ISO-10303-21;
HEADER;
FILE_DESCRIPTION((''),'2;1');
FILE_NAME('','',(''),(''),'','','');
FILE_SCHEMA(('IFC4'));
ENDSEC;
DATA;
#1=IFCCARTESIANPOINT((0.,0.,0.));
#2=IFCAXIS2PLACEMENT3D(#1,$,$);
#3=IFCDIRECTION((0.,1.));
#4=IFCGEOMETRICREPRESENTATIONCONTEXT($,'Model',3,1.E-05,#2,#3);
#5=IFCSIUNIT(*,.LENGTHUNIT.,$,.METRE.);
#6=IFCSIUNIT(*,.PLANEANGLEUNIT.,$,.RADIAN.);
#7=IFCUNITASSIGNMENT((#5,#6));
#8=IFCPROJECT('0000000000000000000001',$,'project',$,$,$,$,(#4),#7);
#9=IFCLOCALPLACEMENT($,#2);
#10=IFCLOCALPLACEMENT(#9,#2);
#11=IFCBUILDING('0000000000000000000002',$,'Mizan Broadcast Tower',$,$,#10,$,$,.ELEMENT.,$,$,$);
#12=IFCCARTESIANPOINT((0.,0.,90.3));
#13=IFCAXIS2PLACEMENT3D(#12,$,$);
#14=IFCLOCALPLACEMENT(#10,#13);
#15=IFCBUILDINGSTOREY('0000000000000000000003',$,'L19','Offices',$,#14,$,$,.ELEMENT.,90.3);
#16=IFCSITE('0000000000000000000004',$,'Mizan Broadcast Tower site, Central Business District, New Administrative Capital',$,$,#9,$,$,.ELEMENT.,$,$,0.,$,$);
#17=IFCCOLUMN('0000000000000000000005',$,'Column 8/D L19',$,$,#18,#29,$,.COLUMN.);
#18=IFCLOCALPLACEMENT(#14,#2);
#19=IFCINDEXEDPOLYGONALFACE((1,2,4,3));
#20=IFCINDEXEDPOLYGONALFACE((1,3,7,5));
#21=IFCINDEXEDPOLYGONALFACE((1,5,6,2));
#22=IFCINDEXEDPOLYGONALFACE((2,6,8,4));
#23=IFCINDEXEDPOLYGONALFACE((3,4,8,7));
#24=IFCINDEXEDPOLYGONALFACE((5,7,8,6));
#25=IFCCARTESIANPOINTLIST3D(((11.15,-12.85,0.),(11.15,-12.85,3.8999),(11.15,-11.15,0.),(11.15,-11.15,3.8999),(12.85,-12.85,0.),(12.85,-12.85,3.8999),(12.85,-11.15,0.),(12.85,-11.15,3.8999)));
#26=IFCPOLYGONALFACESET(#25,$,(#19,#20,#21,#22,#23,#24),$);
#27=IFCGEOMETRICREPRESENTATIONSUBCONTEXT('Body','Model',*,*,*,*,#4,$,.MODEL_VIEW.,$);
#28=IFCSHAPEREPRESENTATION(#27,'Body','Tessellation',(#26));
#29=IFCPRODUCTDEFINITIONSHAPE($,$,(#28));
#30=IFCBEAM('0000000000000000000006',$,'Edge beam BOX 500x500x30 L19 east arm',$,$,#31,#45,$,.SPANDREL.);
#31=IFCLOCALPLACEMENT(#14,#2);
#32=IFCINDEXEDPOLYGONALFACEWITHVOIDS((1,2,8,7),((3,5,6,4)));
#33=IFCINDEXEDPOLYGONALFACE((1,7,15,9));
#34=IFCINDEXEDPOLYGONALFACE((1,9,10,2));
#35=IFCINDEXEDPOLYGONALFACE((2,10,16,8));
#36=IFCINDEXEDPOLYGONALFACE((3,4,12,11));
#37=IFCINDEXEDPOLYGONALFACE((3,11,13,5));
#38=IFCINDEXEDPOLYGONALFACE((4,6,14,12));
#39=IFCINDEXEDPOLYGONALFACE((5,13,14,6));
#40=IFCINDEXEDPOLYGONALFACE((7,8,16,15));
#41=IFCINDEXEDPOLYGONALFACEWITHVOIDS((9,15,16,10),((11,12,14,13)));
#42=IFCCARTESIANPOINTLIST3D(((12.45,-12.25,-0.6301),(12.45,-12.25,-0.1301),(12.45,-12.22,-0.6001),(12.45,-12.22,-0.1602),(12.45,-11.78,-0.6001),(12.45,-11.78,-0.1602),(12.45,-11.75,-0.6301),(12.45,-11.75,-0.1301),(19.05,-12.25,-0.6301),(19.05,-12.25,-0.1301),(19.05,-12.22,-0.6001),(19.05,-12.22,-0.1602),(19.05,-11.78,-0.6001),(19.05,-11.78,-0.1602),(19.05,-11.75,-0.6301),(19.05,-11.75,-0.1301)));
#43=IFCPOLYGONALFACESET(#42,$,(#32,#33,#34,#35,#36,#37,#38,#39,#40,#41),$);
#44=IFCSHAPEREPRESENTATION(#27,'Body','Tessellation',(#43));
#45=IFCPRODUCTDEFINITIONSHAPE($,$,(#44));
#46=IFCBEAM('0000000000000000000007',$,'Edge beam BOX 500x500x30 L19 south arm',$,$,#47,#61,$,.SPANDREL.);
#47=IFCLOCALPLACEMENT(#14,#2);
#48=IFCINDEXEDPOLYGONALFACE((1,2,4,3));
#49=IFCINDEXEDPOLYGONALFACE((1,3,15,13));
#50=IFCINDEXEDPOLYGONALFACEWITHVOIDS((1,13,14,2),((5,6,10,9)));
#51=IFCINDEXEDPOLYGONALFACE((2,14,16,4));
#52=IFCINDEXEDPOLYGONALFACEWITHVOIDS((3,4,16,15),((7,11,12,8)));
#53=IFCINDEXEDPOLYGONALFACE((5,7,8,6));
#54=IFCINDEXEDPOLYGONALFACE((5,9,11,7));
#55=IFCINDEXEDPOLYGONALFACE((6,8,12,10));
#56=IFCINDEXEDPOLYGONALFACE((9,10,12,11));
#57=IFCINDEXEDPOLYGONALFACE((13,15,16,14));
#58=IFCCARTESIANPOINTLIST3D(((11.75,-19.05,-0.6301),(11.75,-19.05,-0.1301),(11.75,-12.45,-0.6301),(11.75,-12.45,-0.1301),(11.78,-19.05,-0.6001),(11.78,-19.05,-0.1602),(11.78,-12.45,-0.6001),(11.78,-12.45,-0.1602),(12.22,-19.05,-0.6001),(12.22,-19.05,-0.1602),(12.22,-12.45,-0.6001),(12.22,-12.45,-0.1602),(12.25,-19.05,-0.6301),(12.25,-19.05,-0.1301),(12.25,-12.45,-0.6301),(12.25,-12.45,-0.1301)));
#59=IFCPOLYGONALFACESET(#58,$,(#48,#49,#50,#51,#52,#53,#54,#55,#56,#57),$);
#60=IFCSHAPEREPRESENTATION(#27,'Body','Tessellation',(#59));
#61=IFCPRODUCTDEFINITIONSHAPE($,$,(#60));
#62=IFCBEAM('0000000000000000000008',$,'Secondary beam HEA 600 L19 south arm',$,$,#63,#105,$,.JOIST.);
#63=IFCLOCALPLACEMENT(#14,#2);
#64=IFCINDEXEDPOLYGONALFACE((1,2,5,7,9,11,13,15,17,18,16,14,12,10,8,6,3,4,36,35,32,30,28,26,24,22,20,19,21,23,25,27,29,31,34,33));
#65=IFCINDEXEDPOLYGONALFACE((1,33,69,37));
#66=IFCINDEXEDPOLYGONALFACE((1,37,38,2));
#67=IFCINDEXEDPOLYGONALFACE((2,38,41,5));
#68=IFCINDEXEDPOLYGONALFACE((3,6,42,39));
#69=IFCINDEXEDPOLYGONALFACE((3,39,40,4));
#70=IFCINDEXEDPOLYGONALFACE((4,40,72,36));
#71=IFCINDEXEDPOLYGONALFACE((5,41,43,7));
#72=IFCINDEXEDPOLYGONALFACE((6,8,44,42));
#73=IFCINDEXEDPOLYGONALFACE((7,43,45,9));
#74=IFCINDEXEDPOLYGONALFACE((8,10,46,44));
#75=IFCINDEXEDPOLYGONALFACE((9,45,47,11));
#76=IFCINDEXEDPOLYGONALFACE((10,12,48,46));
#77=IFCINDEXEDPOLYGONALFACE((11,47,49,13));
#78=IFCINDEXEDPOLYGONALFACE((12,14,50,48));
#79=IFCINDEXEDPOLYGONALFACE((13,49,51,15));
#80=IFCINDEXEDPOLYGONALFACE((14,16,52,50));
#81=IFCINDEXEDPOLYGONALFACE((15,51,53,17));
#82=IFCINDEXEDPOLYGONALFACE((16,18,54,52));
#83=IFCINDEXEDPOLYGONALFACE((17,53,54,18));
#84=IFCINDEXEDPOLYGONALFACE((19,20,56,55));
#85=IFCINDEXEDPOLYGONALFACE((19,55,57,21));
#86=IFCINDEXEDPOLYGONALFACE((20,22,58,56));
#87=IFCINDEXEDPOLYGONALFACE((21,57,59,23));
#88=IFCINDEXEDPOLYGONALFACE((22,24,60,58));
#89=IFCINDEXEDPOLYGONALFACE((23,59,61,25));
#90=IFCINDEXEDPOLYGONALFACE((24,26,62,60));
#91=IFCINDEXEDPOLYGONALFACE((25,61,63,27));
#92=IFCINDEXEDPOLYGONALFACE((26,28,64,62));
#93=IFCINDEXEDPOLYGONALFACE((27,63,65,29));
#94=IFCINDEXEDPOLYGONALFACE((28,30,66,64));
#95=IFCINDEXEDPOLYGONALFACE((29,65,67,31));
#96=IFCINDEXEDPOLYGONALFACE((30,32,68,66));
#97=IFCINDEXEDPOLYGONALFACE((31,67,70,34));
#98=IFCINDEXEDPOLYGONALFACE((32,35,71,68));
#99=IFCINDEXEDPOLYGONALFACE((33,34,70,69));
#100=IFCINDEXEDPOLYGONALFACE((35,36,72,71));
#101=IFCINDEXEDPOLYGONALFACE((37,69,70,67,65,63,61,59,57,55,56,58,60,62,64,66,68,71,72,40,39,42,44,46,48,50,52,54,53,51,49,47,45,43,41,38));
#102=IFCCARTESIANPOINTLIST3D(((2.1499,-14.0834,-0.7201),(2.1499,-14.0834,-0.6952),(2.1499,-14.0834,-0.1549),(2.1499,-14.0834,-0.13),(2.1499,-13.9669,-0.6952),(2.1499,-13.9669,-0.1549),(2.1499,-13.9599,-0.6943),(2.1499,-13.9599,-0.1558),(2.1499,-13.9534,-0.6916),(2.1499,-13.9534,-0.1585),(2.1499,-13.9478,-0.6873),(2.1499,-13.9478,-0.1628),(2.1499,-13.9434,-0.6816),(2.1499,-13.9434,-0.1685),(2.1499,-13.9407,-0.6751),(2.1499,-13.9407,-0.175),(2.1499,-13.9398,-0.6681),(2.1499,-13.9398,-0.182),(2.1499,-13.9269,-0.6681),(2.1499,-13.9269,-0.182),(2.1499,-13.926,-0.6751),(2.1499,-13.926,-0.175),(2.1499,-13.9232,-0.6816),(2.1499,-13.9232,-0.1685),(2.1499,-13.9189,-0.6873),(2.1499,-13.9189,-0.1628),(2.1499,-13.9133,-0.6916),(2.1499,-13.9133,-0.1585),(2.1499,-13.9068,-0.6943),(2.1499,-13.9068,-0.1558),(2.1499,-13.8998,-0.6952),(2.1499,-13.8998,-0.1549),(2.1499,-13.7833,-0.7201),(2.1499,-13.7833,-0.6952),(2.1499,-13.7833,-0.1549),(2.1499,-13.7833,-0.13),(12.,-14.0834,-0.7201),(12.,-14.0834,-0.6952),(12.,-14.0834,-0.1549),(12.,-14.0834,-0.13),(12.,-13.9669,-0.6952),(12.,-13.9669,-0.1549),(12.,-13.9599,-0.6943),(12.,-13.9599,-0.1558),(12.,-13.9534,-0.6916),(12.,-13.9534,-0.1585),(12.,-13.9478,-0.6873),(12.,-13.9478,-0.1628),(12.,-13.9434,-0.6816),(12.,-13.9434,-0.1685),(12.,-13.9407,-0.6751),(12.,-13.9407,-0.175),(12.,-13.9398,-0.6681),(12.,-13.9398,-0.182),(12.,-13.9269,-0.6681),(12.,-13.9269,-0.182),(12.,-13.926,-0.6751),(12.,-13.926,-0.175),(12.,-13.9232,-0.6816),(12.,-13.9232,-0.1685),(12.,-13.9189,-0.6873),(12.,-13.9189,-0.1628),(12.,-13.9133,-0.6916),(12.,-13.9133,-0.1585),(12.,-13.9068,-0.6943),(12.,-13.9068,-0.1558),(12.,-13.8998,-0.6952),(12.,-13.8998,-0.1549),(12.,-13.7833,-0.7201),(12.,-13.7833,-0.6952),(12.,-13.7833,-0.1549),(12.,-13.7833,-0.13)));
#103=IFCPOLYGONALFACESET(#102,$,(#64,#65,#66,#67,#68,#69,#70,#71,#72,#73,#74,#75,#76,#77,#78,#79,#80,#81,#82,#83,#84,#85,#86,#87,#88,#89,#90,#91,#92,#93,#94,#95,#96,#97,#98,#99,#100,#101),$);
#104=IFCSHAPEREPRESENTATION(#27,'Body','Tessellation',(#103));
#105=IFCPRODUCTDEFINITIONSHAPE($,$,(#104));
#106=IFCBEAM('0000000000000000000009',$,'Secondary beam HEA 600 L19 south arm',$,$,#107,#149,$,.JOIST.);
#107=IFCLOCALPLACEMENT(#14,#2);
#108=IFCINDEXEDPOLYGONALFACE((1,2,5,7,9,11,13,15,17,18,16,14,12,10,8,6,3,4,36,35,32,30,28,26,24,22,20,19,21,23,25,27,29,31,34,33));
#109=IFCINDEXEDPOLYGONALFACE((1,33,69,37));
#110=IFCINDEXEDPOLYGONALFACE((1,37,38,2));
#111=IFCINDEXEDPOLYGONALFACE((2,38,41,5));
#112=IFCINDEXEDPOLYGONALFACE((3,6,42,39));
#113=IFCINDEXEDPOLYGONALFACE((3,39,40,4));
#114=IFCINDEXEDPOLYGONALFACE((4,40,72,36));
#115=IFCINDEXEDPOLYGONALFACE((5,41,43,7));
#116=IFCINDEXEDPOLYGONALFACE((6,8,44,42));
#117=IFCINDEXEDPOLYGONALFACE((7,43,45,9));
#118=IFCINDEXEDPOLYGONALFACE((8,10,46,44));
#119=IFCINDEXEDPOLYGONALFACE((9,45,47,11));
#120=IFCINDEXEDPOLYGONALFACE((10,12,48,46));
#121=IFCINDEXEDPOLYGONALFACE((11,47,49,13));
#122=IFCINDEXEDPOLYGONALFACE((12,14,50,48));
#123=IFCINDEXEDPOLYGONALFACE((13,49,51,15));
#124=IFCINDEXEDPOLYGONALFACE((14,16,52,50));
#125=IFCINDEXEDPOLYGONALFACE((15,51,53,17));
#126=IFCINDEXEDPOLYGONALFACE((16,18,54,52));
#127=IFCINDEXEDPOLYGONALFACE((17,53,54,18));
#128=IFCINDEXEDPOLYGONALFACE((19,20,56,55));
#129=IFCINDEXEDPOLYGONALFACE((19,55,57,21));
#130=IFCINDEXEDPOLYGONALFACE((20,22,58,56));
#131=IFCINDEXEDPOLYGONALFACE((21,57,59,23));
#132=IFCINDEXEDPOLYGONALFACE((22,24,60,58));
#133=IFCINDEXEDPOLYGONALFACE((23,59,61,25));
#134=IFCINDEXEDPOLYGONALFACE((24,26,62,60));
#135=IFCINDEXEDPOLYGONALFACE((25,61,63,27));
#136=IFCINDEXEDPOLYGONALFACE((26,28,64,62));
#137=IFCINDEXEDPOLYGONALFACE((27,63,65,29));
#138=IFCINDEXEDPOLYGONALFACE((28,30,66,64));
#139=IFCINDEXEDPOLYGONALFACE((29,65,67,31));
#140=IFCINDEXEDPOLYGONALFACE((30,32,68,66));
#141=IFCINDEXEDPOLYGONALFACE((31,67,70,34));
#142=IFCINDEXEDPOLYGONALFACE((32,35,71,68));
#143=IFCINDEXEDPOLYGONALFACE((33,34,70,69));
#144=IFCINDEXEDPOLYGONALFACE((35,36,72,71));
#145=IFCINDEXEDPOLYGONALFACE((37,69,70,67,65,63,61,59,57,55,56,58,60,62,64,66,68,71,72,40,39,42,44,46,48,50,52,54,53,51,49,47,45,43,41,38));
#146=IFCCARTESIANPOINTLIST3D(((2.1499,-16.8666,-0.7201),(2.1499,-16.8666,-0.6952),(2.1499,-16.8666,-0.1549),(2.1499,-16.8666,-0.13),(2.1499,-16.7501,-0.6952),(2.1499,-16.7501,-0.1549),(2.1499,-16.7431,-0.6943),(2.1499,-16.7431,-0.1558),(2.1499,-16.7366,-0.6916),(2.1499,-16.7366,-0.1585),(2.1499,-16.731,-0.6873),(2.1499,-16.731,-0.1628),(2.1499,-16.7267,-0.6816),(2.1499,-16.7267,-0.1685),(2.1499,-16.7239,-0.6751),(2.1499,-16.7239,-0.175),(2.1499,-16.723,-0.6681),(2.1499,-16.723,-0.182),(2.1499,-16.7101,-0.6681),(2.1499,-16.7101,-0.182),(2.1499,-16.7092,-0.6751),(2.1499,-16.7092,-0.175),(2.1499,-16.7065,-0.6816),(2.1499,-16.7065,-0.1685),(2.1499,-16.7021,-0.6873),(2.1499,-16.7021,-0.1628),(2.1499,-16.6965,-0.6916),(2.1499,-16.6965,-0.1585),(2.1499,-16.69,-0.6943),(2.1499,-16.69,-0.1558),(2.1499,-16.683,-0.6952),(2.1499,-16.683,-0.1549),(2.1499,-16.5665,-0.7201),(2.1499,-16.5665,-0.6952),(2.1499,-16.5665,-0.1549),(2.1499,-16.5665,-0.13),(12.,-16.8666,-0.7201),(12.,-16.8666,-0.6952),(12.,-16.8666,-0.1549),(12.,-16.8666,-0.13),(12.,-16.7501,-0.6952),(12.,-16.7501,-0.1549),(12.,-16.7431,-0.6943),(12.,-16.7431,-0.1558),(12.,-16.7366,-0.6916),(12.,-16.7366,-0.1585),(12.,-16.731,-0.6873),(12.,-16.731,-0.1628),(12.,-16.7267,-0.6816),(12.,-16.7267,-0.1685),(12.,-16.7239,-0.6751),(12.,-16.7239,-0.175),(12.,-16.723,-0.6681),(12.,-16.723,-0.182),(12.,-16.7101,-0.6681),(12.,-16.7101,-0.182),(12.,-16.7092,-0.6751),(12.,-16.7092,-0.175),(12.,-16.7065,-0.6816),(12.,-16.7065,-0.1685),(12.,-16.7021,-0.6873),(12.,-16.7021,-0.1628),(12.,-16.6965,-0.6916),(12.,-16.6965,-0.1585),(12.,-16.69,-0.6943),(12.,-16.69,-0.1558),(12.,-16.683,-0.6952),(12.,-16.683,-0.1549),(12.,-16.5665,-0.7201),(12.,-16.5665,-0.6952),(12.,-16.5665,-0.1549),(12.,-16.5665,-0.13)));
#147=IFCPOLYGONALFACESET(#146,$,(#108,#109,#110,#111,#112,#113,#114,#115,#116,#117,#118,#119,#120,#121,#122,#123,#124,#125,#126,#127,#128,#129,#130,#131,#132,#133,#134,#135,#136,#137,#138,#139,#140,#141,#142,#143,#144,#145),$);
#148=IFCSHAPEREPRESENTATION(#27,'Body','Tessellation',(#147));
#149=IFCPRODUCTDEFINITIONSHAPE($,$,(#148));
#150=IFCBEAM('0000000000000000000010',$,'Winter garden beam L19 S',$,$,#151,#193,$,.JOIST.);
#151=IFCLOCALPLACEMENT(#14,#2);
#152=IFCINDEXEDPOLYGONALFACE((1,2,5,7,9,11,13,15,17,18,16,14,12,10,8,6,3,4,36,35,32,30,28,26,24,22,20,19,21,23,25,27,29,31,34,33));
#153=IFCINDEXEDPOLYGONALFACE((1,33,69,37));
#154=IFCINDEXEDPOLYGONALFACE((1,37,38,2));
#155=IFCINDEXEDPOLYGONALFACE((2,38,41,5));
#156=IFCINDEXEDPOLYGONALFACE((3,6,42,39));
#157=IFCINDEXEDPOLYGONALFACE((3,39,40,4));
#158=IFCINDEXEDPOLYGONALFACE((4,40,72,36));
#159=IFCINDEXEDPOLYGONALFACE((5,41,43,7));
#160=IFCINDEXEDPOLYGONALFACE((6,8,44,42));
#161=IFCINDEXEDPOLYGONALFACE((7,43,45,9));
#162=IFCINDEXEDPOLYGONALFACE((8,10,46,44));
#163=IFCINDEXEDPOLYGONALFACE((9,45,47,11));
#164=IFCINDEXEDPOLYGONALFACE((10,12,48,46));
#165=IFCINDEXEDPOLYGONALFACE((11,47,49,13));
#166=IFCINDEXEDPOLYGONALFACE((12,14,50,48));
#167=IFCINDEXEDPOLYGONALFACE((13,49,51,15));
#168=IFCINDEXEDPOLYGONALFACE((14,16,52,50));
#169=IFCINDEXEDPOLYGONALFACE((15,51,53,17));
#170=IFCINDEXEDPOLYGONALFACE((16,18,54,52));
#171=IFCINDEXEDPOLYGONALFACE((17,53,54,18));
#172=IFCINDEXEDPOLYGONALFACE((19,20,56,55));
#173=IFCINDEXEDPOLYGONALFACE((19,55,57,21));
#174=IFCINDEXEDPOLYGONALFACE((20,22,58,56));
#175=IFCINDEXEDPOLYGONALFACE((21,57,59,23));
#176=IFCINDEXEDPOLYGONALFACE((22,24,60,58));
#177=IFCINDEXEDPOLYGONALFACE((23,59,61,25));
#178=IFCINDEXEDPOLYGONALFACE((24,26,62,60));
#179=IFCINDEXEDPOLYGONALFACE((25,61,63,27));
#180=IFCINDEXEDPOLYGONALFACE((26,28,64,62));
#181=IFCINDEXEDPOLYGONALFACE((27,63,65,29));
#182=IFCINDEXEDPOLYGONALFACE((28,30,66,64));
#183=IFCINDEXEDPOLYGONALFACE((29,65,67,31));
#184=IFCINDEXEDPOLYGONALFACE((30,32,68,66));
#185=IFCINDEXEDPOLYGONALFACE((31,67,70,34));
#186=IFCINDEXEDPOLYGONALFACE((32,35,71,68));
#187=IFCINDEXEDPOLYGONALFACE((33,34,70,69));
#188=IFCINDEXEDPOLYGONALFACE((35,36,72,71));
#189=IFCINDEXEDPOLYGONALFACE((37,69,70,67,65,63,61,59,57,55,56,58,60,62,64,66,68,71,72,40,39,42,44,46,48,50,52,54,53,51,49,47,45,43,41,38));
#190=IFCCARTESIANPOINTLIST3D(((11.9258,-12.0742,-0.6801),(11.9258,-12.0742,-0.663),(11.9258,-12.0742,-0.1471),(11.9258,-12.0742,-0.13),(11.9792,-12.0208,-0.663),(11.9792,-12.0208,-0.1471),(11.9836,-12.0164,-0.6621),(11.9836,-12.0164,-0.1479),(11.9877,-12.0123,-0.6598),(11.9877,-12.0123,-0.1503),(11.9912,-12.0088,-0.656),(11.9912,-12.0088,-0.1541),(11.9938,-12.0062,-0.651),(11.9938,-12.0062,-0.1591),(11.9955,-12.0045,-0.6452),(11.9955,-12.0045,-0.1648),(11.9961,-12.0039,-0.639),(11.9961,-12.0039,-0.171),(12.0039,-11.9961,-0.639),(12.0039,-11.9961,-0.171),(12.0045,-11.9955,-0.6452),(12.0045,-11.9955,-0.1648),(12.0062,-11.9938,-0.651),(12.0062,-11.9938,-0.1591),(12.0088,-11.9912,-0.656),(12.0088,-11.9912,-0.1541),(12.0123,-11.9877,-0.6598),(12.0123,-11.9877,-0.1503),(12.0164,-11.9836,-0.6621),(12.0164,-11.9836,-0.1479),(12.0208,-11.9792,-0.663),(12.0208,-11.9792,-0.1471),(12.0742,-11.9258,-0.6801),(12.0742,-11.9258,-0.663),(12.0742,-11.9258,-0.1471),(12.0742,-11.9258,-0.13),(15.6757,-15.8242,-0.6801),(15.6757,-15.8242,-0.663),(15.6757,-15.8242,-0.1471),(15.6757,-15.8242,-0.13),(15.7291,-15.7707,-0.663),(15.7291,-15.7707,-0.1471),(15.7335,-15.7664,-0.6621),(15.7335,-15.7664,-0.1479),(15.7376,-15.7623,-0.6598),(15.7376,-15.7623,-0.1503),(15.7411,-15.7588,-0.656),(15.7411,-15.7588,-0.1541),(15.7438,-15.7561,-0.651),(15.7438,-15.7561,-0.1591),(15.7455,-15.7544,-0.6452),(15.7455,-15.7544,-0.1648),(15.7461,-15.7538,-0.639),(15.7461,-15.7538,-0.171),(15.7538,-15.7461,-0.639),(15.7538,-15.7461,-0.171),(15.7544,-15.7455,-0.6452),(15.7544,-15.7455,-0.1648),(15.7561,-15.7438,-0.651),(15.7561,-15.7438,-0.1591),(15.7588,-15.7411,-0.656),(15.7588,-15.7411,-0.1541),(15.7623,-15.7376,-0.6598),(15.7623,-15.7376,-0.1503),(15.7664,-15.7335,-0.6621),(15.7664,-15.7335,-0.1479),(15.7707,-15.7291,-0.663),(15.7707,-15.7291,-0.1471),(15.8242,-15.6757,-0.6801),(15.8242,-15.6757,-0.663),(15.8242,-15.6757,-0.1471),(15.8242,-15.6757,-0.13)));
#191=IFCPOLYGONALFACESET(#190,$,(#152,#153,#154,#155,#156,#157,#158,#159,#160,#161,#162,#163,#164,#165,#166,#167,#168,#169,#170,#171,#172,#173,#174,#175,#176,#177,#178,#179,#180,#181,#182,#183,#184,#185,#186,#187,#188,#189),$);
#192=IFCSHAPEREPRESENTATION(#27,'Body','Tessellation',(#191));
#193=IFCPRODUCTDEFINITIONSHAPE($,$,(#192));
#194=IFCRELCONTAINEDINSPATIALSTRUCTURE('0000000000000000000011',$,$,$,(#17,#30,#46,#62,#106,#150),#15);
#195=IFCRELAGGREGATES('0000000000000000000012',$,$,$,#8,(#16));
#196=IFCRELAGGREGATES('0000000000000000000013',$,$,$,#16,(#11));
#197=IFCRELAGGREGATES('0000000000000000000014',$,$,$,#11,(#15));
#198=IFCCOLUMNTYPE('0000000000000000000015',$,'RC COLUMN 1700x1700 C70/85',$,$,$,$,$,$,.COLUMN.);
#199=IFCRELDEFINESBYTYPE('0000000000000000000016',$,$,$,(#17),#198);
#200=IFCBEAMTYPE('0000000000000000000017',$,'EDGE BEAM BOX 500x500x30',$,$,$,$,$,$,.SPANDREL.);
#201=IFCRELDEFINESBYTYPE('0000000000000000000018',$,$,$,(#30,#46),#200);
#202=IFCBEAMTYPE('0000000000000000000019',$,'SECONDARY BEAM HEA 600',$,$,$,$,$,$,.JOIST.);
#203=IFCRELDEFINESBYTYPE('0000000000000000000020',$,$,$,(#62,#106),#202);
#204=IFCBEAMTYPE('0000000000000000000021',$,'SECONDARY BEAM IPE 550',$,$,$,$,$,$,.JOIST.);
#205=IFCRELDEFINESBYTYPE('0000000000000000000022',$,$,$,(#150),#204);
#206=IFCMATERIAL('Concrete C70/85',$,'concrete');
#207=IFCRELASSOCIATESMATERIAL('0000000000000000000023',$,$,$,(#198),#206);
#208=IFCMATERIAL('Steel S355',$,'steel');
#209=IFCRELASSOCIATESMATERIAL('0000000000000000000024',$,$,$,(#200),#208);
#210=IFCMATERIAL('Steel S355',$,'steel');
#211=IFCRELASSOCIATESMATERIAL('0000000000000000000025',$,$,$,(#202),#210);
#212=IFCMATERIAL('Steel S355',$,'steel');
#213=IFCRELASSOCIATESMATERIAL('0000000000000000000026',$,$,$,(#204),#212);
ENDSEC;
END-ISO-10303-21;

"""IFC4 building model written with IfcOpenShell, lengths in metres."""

from ifc_helpers import new_model, si_unit, direction, frame, origin, origin_2d, place, context, subcontext, project, spatial, rectangle, hollow_rectangle, i_section, extrude, material, material_profile, profile_set, type_object, element, save


model = new_model("IFC4")

# Units and contexts
model_context = context("Model", 3, precision=1e-05, world=origin(), true_north=direction((0.0, 1.0)))
body_context = subcontext(model_context, "Body", "Model", "MODEL_VIEW")
ifc_project = project(units=[si_unit("LENGTHUNIT", "METRE"), si_unit("PLANEANGLEUNIT", "RADIAN")], contexts=[model_context])

# Site, building, storey
site_placement = place(None, origin())
site = spatial("IfcSite", under=ifc_project, at=site_placement, Name="Mizan Broadcast Tower site, Central Business District, New Administrative Capital", CompositionType="ELEMENT", RefElevation=0.0)
building_placement = place(site_placement, origin())
building = spatial("IfcBuilding", under=site, at=building_placement, Name="Mizan Broadcast Tower", CompositionType="ELEMENT")
storey_placement = place(building_placement, frame((0.0, 0.0, 90.3)))
storey = spatial("IfcBuildingStorey", under=building, at=storey_placement, Name="L19", Description="Offices", CompositionType="ELEMENT", Elevation=90.3)

# Column
ifc_material_1 = material(Name="Concrete C70/85", Category="concrete")
ifc_material_profile_1 = material_profile(ifc_material_1, rectangle(XDim=1.7, YDim=1.7, at=origin_2d()), Name="RC 1700x1700")
ifc_profile_set_1 = profile_set([ifc_material_profile_1], Name="Concrete C70/85")
column_type = type_object("IfcColumnType", Name="RC COLUMN 1700x1700 C70/85", PredefinedType="COLUMN", material=ifc_profile_set_1)
column_placement = place(storey_placement, frame((12.0, -12.0, 0.0), z_axis=(0.0, 0.0, 1.0), x_axis=(1.0, 0.0, 0.0)))
element("IfcColumn", 1, at=column_placement, inside=storey, type_object=column_type, Name="Column 8/D L19", PredefinedType="COLUMN", context=body_context, shape_type="SweptSolid", body=[
    extrude(rectangle(XDim=1.7, YDim=1.7, at=origin_2d()), origin(), (0.0, 0.0, 1.0), 3.8999),
])

# Beams
ifc_material_2 = material(Name="Steel S355", Category="steel")
ifc_material_profile_2 = material_profile(ifc_material_2, hollow_rectangle(XDim=0.5, YDim=0.5, WallThickness=0.03, at=origin_2d()), Name="BOX 500x500x30")
ifc_profile_set_2 = profile_set([ifc_material_profile_2], Name="Steel S355")
beam_type_1 = type_object("IfcBeamType", Name="EDGE BEAM BOX 500x500x30", PredefinedType="SPANDREL", material=ifc_profile_set_2)
for number, where, z_axis, x_axis, name in (
    (2, (12.45, -12.0, -0.3801), (1.0, 0.0, 0.0), (0.0, 1.0, 0.0), "Edge beam BOX 500x500x30 L19 east arm"),
    (3, (12.0, -12.45, -0.3801), (0.0, -1.0, 0.0), (1.0, 0.0, 0.0), "Edge beam BOX 500x500x30 L19 south arm"),
):
    element("IfcBeam", number, at=place(storey_placement, frame(where, z_axis=z_axis, x_axis=x_axis)), inside=storey, type_object=beam_type_1, Name=name, PredefinedType="SPANDREL", context=body_context, shape_type="SweptSolid", body=[
        extrude(hollow_rectangle(XDim=0.5, YDim=0.5, WallThickness=0.03, at=origin_2d()), origin(), (0.0, 0.0, 1.0), 6.6001),
    ])
ifc_material_3 = material(Name="Steel S355", Category="steel")
ifc_material_profile_3 = material_profile(ifc_material_3, i_section(OverallWidth=0.3, OverallDepth=0.5901, WebThickness=0.0129, FlangeThickness=0.0249, FilletRadius=0.0271, at=origin_2d()), Name="HEA 600")
ifc_profile_set_3 = profile_set([ifc_material_profile_3], Name="Steel S355")
beam_type_2 = type_object("IfcBeamType", Name="SECONDARY BEAM HEA 600", PredefinedType="JOIST", material=ifc_profile_set_3)
for number, where, z_axis, x_axis, name in (
    (4, (12.0, -13.9333, -0.425), (-1.0, 0.0, 0.0), (0.0, -1.0, 0.0), "Secondary beam HEA 600 L19 south arm"),
    (5, (12.0, -16.7166, -0.425), (-1.0, 0.0, 0.0), (0.0, -1.0, 0.0), "Secondary beam HEA 600 L19 south arm"),
):
    element("IfcBeam", number, at=place(storey_placement, frame(where, z_axis=z_axis, x_axis=x_axis)), inside=storey, type_object=beam_type_2, Name=name, PredefinedType="JOIST", context=body_context, shape_type="SweptSolid", body=[
        extrude(i_section(OverallWidth=0.3, OverallDepth=0.5901, WebThickness=0.0129, FlangeThickness=0.0249, FilletRadius=0.0271, at=origin_2d()), origin(), (0.0, 0.0, 1.0), 9.8501),
    ])
ifc_material_4 = material(Name="Steel S355", Category="steel")
ifc_material_profile_4 = material_profile(ifc_material_4, i_section(OverallWidth=0.21, OverallDepth=0.55, WebThickness=0.011, FlangeThickness=0.0171, FilletRadius=0.0239, at=origin_2d()), Name="IPE 550")
ifc_profile_set_4 = profile_set([ifc_material_profile_4], Name="Steel S355")
beam_type_3 = type_object("IfcBeamType", Name="SECONDARY BEAM IPE 550", PredefinedType="JOIST", material=ifc_profile_set_4)
beam_placement = place(storey_placement, frame((12.0, -12.0, -0.405), z_axis=(0.707107, -0.707107, 0.0), x_axis=(0.707107, 0.707107, 0.0)))
element("IfcBeam", 6, at=beam_placement, inside=storey, type_object=beam_type_3, Name="Winter garden beam L19 S", PredefinedType="JOIST", context=body_context, shape_type="SweptSolid", body=[
    extrude(i_section(OverallWidth=0.21, OverallDepth=0.55, WebThickness=0.011, FlangeThickness=0.0171, FilletRadius=0.0239, at=origin_2d()), origin(), (0.0, 0.0, 1.0), 5.3032),
])

save(model, "model.ifc")
